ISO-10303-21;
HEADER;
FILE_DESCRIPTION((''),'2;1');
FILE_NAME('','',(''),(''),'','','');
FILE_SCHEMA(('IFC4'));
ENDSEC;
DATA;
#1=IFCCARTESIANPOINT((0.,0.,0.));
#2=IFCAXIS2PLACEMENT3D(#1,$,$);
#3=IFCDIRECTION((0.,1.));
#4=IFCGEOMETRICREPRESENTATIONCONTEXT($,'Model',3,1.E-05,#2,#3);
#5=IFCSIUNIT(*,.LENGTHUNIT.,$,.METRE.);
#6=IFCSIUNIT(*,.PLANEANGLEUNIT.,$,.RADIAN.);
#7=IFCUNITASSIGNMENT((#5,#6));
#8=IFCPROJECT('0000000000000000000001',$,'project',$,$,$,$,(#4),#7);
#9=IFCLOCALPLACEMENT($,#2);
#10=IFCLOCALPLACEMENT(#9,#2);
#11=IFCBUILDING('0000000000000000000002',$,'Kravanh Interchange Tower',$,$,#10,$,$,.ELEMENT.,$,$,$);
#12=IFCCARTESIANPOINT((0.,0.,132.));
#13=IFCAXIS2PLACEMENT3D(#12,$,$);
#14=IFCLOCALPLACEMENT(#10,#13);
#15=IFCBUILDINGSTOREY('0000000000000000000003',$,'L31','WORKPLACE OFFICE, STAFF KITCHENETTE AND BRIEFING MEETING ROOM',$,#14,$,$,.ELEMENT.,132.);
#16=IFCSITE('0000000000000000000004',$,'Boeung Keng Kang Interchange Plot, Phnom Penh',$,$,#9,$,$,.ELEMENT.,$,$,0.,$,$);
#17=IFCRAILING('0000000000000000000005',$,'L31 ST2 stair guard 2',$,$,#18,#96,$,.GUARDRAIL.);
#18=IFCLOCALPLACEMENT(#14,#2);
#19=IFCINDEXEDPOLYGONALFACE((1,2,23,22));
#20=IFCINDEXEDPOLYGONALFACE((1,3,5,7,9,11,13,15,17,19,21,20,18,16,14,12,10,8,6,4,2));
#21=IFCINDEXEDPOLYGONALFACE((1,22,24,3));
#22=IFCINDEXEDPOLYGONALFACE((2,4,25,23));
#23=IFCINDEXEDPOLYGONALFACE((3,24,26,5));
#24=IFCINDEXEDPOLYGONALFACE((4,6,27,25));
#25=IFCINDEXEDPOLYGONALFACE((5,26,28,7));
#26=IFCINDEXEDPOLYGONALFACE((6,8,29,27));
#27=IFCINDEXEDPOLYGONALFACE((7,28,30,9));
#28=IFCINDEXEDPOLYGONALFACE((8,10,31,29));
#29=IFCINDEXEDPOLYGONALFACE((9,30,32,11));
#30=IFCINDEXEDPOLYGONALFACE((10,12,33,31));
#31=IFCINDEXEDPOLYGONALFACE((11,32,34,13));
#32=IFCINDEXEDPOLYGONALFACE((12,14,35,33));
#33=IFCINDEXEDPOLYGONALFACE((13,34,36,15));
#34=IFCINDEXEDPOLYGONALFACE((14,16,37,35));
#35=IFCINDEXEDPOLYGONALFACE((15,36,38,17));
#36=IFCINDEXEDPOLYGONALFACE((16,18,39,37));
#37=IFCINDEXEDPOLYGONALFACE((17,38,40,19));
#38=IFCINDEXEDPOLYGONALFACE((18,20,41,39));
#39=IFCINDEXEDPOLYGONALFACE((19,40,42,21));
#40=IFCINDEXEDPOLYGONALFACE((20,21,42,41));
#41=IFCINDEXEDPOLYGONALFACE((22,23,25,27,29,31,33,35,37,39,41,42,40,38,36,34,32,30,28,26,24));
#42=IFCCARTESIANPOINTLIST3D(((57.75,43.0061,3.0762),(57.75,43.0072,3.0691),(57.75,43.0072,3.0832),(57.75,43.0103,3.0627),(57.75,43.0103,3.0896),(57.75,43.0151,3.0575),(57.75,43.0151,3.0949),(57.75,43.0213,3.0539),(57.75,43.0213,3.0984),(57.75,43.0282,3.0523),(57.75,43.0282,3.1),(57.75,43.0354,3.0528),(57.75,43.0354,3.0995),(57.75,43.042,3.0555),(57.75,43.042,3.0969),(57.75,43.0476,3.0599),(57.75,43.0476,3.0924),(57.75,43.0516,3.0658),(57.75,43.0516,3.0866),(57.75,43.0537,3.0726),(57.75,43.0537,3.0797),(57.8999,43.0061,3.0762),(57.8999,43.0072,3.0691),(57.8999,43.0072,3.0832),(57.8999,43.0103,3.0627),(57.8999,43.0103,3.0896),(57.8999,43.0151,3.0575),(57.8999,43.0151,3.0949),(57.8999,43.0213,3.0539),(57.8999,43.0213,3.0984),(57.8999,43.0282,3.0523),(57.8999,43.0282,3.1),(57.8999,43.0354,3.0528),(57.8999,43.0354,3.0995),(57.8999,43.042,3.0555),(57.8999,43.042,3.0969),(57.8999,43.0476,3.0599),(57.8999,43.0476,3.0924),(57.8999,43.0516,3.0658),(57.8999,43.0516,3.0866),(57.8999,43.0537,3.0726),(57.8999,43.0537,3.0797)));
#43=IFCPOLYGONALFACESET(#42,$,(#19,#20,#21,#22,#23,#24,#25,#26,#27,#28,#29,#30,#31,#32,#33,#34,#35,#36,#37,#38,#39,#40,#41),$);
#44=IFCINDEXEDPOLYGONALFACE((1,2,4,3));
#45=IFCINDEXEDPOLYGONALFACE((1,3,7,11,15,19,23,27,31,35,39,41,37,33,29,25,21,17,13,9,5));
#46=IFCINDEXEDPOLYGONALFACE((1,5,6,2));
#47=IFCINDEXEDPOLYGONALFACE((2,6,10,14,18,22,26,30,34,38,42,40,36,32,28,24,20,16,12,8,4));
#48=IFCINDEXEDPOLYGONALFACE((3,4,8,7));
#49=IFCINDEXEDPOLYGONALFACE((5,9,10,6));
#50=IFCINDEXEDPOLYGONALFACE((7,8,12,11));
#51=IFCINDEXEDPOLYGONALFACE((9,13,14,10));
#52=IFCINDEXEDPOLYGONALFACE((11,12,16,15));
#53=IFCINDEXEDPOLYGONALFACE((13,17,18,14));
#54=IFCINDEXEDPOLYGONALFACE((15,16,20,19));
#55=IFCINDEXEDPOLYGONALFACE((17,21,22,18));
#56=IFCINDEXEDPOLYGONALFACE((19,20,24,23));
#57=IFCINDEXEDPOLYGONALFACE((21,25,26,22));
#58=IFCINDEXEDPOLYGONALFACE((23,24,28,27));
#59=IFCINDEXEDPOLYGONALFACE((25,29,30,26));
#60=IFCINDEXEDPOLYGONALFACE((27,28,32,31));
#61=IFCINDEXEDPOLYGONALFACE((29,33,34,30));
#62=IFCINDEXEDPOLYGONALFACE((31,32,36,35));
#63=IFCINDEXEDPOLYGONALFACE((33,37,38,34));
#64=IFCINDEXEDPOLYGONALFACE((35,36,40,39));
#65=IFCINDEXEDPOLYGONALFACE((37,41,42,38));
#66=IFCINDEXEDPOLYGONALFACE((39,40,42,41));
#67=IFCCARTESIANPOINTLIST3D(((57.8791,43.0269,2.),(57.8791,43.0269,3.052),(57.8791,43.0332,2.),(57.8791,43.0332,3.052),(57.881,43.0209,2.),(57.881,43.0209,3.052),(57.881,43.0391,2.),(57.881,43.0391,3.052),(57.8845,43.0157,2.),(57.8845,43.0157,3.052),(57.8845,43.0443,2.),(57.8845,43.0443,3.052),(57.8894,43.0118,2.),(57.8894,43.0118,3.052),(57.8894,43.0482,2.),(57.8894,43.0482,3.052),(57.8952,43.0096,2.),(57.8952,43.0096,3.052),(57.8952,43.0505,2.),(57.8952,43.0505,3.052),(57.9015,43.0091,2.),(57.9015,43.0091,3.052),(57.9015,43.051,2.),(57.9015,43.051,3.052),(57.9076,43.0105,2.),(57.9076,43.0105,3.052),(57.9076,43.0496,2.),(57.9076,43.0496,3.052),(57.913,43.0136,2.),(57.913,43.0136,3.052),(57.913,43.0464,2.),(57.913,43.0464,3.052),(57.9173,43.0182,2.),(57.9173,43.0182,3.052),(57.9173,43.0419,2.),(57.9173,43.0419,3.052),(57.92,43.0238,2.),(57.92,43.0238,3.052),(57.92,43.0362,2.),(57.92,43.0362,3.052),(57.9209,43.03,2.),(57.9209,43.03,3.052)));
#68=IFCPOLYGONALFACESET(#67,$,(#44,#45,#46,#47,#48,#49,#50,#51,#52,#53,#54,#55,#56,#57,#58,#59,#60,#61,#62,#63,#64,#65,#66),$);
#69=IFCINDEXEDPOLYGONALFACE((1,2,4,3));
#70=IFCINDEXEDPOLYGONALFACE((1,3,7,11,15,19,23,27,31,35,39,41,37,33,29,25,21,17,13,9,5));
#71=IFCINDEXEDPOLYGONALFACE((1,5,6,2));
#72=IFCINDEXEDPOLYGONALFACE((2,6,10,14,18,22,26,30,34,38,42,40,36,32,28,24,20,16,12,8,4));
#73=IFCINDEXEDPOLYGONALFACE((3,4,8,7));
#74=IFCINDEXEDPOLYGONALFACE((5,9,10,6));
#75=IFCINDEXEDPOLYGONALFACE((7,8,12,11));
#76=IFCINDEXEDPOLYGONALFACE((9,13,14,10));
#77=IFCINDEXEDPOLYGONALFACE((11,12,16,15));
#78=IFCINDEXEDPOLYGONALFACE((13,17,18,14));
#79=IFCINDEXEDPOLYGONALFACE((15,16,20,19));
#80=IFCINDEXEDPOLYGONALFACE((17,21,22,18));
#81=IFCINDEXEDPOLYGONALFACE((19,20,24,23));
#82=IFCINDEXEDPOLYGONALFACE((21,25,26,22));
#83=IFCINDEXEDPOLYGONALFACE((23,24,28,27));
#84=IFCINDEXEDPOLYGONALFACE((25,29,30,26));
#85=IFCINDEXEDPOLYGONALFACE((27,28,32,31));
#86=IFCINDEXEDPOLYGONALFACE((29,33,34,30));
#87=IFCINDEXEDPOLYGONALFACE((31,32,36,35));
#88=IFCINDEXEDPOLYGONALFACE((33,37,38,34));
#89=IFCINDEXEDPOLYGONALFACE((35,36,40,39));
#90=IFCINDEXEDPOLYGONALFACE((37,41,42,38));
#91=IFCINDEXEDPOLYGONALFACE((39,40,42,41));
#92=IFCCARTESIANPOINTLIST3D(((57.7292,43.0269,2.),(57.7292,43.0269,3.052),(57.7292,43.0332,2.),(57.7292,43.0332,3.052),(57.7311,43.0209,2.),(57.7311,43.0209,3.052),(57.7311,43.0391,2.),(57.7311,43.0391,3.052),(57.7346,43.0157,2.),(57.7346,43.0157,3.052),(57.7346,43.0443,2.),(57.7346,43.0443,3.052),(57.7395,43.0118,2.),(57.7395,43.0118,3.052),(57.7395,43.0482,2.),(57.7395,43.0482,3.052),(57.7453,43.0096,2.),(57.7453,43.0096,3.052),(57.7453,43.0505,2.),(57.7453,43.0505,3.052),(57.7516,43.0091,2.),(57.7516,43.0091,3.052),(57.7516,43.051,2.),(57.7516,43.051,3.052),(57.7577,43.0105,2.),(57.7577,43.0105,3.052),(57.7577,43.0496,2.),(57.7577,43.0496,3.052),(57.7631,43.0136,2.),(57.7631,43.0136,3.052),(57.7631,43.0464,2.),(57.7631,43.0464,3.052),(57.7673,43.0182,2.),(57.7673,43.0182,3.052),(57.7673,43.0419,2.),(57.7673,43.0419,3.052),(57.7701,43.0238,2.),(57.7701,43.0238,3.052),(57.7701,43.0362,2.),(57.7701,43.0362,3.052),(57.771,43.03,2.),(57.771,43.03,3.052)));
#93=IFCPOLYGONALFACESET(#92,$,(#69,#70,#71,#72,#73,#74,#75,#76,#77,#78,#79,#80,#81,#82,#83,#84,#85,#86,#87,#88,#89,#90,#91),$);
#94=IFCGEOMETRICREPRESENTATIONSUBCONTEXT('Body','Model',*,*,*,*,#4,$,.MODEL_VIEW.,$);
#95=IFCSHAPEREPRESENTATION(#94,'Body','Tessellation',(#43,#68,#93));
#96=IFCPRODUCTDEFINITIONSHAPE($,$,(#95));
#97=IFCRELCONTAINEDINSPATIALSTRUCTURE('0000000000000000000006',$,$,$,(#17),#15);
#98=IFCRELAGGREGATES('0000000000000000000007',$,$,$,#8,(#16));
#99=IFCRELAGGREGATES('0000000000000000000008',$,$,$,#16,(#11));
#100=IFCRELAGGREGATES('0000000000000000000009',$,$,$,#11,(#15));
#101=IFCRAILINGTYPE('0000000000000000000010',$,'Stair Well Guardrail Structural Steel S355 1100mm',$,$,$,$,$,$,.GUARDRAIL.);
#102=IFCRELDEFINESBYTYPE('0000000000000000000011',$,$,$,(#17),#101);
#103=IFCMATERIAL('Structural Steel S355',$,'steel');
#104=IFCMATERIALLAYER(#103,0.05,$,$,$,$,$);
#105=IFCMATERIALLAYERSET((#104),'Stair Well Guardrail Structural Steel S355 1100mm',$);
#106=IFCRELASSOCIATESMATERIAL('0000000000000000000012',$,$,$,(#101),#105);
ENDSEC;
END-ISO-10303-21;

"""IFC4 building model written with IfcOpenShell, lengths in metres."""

from ifc_helpers import new_model, si_unit, direction, frame, origin, origin_2d, place, context, subcontext, project, spatial, circle, extrude, material, layer, layer_set, type_object, element, save


model = new_model("IFC4")

# Units and contexts
model_context = context("Model", 3, precision=1e-05, world=origin(), true_north=direction((0.0, 1.0)))
body_context = subcontext(model_context, "Body", "Model", "MODEL_VIEW")
ifc_project = project(units=[si_unit("LENGTHUNIT", "METRE"), si_unit("PLANEANGLEUNIT", "RADIAN")], contexts=[model_context])

# Site, building, storey
site_placement = place(None, origin())
site = spatial("IfcSite", under=ifc_project, at=site_placement, Name="Boeung Keng Kang Interchange Plot, Phnom Penh", CompositionType="ELEMENT", RefElevation=0.0)
building_placement = place(site_placement, origin())
building = spatial("IfcBuilding", under=site, at=building_placement, Name="Kravanh Interchange Tower", CompositionType="ELEMENT")
storey_placement = place(building_placement, frame((0.0, 0.0, 132.0)))
storey = spatial("IfcBuildingStorey", under=building, at=storey_placement, Name="L31", Description="WORKPLACE OFFICE, STAFF KITCHENETTE AND BRIEFING MEETING ROOM", CompositionType="ELEMENT", Elevation=132.0)

# Railing
ifc_material_1 = material(Name="Structural Steel S355", Category="steel")
ifc_layer_1 = layer(ifc_material_1, 0.05)
ifc_layer_set_1 = layer_set([ifc_layer_1], Name="Stair Well Guardrail Structural Steel S355 1100mm")
railing_type_1 = type_object("IfcRailingType", Name="Stair Well Guardrail Structural Steel S355 1100mm", PredefinedType="GUARDRAIL", material=ifc_layer_set_1)
railing_1_placement = place(storey_placement, frame((57.8999, 43.03, 2.0)))
element("IfcRailing", 1, at=railing_1_placement, inside=storey, type_object=railing_type_1, Name="L31 ST2 stair guard 2", PredefinedType="GUARDRAIL", context=body_context, shape_type="SweptSolid", body=[
    extrude(circle(Radius=0.0239, at=origin_2d()), frame((0.0, 0.0, 1.0762), z_axis=(-1.0, 0.0, 0.0), x_axis=(0.0, -1.0, 0.0)), (0.0, 0.0, 1.0), 0.1499),
    extrude(circle(Radius=0.021, at=origin_2d()), origin(), (0.0, 0.0, 1.0), 1.052),
    extrude(circle(Radius=0.021, at=origin_2d()), frame((-0.1499, 0.0, 0.0)), (0.0, 0.0, 1.0), 1.052),
])

save(model, "model.ifc")
